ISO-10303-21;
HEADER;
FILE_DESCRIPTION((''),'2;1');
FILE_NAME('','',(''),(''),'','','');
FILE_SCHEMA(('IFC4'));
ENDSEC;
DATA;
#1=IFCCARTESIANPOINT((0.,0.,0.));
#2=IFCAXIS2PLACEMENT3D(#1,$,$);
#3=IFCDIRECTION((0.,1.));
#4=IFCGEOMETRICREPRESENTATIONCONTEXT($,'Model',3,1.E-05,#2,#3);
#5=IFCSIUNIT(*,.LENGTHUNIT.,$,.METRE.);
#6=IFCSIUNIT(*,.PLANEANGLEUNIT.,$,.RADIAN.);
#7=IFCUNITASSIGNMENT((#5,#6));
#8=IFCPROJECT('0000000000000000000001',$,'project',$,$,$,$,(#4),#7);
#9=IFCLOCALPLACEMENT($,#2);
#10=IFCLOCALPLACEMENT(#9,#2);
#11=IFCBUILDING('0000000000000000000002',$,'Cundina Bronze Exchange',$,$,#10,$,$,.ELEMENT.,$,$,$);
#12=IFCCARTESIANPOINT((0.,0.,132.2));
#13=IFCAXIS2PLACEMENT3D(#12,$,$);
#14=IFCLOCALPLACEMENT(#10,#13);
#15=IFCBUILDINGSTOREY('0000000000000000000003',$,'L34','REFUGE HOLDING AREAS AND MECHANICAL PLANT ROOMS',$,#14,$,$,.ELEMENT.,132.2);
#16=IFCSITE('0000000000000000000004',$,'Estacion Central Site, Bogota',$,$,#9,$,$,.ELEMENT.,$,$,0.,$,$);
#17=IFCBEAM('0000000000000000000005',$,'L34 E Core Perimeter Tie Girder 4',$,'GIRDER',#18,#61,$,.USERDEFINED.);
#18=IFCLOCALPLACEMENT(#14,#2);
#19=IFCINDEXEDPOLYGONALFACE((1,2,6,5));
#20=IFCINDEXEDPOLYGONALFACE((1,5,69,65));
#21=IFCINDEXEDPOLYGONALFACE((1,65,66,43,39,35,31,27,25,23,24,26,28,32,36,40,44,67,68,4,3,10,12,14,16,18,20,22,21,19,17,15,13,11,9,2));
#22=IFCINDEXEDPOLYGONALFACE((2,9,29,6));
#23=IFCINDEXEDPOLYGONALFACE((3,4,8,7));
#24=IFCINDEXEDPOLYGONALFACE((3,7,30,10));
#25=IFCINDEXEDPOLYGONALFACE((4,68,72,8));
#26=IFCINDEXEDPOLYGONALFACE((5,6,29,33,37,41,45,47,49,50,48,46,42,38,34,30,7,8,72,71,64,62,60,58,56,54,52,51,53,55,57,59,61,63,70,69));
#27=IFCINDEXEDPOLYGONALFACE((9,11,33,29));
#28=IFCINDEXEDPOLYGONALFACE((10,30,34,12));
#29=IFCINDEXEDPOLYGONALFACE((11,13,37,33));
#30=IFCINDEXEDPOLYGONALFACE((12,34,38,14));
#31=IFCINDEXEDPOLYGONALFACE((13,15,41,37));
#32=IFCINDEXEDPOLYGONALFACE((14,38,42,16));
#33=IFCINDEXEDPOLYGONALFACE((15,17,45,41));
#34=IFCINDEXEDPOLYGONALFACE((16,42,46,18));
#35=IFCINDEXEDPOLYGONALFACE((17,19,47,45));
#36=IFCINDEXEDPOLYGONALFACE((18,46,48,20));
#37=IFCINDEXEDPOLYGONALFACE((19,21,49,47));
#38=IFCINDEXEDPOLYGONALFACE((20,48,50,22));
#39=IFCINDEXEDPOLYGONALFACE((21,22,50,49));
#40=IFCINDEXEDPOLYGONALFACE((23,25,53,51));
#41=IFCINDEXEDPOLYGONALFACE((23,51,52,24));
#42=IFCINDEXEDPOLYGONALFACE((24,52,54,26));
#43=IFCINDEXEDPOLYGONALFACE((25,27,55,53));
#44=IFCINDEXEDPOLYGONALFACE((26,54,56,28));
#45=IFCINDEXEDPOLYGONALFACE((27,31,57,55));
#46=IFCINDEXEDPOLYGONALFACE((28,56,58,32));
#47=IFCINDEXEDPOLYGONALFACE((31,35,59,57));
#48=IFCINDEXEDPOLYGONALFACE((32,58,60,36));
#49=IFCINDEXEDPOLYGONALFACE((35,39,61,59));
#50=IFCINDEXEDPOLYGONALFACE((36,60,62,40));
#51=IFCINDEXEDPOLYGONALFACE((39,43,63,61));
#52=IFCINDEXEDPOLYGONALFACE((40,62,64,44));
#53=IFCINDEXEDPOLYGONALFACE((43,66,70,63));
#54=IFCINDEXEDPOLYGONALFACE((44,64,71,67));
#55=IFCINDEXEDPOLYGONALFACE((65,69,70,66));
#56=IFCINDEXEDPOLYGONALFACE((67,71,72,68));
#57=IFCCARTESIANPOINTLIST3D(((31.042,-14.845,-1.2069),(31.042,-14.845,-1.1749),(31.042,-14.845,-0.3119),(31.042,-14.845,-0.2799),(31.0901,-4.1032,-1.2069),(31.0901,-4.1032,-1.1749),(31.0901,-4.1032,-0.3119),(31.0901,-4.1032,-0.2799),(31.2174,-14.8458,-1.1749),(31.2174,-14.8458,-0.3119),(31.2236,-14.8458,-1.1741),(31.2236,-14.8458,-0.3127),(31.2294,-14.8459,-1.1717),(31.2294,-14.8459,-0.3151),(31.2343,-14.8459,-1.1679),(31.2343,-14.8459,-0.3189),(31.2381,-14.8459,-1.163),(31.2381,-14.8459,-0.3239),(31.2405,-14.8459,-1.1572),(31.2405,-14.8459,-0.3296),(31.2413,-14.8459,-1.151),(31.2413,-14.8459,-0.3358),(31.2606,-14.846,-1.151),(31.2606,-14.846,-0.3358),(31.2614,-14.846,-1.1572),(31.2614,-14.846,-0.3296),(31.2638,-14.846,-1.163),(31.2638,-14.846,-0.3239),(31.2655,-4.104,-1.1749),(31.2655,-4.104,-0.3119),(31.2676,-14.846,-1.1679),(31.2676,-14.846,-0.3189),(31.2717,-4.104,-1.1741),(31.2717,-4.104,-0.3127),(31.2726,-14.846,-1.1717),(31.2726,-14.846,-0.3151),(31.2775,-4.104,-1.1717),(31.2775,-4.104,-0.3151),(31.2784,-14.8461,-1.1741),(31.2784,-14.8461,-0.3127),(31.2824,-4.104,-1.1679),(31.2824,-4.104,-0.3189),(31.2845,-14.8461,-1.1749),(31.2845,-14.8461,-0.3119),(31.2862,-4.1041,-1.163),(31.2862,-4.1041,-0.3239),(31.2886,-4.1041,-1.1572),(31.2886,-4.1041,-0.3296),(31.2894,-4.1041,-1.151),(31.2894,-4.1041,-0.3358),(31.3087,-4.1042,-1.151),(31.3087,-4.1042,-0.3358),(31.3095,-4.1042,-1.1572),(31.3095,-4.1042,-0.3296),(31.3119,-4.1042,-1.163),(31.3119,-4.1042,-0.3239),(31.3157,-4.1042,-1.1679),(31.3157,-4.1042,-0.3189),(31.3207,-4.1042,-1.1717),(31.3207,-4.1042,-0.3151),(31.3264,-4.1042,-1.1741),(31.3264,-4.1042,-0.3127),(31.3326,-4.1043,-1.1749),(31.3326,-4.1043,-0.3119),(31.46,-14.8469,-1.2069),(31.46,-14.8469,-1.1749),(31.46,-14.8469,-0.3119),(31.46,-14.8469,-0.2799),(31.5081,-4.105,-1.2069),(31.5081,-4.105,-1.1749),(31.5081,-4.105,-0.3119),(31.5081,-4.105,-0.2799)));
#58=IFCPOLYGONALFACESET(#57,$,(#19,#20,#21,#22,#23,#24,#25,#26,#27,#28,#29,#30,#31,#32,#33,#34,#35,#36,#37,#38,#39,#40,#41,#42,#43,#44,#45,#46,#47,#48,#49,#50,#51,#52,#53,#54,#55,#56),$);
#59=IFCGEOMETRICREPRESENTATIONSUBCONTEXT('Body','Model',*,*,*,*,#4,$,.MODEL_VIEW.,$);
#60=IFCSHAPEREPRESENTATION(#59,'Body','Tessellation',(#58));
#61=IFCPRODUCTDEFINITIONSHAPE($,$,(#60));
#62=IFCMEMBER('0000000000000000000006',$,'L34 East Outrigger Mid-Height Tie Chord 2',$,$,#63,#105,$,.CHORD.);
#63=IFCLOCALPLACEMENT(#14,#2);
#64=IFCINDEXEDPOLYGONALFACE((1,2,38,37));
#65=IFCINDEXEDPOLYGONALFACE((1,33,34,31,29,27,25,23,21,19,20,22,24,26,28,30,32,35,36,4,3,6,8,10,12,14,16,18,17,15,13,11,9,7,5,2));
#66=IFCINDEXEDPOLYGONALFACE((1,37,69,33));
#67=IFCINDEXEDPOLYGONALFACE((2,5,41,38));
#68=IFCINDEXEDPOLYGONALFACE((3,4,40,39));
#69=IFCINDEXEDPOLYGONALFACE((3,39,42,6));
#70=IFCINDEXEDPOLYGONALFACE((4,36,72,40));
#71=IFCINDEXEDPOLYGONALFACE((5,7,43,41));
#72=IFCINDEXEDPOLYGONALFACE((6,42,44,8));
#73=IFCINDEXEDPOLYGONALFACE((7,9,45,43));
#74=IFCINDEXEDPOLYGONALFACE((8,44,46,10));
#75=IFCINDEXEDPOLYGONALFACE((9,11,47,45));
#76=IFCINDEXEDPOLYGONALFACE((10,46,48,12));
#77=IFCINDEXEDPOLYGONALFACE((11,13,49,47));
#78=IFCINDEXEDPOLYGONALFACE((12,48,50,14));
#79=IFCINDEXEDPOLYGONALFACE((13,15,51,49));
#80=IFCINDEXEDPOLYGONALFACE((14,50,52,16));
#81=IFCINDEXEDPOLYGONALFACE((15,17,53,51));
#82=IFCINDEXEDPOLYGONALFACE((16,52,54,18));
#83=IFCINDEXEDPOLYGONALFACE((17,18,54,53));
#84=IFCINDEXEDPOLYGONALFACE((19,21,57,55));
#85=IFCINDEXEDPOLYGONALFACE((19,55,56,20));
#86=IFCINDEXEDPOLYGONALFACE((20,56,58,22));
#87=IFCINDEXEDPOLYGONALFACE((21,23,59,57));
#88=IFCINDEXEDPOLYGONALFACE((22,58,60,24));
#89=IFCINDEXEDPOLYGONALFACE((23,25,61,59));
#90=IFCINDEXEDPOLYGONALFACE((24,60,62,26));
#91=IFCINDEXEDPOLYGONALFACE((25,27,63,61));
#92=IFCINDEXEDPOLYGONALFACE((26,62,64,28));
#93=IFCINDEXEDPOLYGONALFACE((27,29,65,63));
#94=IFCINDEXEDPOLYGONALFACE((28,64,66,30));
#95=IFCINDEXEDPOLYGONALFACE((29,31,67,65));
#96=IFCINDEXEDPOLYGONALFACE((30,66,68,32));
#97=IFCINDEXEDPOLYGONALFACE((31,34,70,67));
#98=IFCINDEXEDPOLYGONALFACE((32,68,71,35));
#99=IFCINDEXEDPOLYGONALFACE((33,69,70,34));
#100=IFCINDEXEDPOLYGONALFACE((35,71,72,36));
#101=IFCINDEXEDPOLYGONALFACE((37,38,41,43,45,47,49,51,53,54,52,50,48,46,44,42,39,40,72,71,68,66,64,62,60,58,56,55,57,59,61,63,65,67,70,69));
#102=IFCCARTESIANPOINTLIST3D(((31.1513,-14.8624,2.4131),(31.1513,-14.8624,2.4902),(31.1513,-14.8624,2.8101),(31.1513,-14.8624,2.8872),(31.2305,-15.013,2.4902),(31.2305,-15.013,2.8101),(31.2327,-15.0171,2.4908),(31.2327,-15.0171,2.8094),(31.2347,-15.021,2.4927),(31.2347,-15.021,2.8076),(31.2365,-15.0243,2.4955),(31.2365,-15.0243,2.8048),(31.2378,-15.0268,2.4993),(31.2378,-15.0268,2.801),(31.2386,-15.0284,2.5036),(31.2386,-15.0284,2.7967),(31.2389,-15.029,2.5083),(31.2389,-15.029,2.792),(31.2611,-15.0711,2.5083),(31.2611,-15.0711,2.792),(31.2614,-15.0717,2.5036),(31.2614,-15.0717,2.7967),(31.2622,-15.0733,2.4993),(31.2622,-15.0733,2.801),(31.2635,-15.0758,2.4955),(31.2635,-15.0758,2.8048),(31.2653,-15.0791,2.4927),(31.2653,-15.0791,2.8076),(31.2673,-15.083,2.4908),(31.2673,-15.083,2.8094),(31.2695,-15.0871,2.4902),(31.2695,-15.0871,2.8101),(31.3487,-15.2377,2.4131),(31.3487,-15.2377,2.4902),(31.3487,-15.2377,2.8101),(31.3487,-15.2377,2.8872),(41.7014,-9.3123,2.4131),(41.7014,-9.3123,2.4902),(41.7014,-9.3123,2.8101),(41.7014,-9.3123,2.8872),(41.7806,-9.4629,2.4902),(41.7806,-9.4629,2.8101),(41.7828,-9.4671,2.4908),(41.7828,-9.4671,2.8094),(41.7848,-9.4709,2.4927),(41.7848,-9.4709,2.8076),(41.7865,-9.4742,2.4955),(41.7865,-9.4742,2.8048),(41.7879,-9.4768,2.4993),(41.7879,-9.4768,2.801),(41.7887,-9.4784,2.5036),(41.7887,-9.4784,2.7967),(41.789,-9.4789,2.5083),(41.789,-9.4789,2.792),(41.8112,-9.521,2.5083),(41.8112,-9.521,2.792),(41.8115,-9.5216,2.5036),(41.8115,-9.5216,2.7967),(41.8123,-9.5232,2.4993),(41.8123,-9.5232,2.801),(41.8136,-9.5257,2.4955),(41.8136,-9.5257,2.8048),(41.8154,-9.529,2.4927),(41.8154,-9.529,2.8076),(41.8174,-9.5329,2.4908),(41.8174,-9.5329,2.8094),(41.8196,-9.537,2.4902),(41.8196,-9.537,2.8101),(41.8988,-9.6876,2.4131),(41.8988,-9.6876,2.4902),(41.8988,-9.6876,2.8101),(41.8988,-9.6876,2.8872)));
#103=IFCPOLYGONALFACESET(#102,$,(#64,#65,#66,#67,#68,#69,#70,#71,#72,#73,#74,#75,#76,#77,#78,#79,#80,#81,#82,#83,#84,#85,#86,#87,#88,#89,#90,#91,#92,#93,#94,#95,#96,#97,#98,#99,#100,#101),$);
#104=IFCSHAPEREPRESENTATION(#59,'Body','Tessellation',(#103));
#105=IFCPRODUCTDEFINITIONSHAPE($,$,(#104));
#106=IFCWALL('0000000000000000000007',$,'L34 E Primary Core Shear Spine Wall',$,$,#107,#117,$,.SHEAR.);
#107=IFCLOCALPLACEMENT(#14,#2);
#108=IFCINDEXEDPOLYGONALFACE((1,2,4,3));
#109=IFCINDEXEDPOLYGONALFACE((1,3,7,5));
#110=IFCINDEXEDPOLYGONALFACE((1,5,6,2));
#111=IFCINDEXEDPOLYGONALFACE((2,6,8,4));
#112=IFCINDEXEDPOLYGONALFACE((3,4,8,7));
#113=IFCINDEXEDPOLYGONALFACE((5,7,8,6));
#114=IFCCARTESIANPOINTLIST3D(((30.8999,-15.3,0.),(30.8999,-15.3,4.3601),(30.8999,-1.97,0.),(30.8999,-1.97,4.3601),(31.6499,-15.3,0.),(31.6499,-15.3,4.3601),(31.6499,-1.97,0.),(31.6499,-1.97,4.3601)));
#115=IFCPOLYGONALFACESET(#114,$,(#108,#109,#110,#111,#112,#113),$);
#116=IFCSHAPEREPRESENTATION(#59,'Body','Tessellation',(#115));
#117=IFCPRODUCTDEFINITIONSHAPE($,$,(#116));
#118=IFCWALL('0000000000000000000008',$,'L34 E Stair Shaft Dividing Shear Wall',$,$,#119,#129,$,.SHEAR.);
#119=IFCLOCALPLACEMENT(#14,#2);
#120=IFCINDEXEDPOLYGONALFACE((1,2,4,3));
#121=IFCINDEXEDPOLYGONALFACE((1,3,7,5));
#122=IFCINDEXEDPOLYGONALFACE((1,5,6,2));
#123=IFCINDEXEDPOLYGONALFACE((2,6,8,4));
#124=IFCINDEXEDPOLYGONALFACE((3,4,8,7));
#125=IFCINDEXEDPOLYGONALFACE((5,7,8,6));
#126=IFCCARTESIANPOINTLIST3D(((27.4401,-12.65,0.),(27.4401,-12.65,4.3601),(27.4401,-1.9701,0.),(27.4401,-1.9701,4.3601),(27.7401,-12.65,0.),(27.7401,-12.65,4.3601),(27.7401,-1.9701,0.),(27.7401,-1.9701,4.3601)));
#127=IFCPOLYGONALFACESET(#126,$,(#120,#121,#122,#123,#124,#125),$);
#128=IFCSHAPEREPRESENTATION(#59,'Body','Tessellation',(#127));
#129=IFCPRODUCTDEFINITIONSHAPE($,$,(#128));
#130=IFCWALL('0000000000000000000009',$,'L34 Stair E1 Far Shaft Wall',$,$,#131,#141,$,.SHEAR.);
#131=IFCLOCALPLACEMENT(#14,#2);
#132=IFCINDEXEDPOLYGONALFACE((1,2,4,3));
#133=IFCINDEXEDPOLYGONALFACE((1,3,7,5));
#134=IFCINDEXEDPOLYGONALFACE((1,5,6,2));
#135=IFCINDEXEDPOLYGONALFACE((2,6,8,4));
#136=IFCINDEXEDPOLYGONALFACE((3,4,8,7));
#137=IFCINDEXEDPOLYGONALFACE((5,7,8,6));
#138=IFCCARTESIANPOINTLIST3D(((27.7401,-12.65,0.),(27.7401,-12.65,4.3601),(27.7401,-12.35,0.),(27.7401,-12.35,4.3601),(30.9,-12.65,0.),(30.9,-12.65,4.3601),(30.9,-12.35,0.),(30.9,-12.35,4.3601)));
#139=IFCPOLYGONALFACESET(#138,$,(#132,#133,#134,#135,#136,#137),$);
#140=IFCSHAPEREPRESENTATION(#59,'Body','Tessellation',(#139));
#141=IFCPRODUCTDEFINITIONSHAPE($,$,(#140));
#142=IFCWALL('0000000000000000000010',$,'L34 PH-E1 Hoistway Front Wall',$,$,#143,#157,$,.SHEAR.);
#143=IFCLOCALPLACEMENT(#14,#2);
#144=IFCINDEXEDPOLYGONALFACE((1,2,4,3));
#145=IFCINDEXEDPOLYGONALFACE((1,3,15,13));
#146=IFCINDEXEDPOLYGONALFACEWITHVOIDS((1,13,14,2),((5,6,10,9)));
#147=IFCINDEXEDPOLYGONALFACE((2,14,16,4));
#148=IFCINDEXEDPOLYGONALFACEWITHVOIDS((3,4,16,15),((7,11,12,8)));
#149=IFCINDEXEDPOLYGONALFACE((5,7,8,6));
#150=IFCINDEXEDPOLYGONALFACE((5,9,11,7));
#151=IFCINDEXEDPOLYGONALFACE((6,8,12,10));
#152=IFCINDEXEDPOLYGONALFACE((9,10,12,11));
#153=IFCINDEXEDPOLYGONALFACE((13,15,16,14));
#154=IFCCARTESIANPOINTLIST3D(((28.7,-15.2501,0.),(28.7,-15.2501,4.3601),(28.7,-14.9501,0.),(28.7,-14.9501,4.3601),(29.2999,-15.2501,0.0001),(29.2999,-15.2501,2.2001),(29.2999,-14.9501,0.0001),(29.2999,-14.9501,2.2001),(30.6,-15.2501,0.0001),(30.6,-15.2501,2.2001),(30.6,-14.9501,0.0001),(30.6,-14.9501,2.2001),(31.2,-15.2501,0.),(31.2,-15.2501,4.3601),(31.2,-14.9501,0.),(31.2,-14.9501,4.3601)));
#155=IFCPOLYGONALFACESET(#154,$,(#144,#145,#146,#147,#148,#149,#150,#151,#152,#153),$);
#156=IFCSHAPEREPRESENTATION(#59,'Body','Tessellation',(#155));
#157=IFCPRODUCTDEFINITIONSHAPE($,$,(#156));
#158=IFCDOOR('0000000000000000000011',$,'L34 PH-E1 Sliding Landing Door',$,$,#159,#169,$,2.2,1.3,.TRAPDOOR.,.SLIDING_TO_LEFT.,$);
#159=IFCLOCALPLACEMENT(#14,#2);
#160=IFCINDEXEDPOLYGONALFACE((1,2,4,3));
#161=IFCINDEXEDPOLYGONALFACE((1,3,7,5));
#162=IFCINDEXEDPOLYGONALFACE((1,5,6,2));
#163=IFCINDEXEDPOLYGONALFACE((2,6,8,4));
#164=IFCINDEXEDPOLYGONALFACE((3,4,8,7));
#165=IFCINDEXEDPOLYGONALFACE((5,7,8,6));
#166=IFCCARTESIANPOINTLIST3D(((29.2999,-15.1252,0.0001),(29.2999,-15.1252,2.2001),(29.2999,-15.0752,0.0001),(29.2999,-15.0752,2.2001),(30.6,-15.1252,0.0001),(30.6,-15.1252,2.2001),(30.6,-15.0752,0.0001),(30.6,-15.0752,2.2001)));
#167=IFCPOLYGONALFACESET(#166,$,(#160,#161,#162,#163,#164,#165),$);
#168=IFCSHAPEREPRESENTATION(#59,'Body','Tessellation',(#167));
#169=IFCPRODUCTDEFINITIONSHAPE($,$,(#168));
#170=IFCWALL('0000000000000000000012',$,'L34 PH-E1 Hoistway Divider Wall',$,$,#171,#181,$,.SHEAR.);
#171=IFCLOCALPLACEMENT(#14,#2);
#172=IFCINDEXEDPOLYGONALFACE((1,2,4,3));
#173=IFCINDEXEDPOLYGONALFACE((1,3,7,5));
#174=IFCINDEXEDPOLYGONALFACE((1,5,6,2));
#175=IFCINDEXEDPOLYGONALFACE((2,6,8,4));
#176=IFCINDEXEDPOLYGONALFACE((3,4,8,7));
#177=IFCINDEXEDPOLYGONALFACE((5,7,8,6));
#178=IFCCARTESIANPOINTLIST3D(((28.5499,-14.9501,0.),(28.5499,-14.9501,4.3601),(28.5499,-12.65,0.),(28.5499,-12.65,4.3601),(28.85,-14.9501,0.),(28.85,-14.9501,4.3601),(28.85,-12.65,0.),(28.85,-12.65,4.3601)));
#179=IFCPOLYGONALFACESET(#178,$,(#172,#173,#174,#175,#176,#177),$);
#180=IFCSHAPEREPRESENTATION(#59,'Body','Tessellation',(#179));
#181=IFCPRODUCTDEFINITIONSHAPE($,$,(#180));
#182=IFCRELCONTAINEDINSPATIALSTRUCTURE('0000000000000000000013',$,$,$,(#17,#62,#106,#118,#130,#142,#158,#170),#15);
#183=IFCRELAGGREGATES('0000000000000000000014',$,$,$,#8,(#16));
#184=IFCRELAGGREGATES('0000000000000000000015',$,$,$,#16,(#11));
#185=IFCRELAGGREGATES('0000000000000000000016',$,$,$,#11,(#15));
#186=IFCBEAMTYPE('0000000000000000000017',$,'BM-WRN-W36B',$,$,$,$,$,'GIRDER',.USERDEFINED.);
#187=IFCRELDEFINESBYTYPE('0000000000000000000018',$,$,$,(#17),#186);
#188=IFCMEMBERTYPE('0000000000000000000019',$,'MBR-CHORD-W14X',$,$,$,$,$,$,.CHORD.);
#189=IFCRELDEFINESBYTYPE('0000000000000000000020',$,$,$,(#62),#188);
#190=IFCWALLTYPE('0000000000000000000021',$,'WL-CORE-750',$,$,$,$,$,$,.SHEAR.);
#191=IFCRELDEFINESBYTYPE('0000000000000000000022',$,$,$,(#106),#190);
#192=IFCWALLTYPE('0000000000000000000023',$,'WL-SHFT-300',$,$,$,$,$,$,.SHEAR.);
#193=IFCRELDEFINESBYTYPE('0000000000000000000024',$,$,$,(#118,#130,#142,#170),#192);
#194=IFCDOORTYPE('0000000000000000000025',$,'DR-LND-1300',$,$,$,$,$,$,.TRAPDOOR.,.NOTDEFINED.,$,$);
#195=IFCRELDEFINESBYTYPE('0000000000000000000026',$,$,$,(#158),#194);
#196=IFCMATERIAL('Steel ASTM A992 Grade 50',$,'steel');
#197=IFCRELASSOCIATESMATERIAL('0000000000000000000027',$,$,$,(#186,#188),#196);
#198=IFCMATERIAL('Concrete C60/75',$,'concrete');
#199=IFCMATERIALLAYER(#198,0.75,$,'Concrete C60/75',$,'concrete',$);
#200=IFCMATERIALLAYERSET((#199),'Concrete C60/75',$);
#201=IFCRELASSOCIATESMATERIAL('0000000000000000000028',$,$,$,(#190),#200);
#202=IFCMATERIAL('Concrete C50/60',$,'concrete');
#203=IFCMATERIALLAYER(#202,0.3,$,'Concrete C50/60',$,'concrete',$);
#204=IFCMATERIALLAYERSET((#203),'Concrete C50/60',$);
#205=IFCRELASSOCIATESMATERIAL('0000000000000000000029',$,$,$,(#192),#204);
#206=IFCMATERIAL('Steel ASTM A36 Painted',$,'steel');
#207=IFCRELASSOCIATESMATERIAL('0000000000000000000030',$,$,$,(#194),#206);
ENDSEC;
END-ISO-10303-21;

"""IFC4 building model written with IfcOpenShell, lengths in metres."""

from ifc_helpers import new_model, si_unit, direction, frame, frame_2d, origin, origin_2d, place, context, subcontext, project, spatial, rectangle, i_section, extrude, material, layer, layer_set, material_profile, profile_set, type_object, element, fill, save


model = new_model("IFC4")

# Units and contexts
model_context = context("Model", 3, precision=1e-05, world=origin(), true_north=direction((0.0, 1.0)))
body_context = subcontext(model_context, "Body", "Model", "MODEL_VIEW")
ifc_project = project(units=[si_unit("LENGTHUNIT", "METRE"), si_unit("PLANEANGLEUNIT", "RADIAN")], contexts=[model_context])

# Site, building, storey
site_placement = place(None, origin())
site = spatial("IfcSite", under=ifc_project, at=site_placement, Name="Estacion Central Site, Bogota", CompositionType="ELEMENT", RefElevation=0.0)
building_placement = place(site_placement, origin())
building = spatial("IfcBuilding", under=site, at=building_placement, Name="Cundina Bronze Exchange", CompositionType="ELEMENT")
storey_placement = place(building_placement, frame((0.0, 0.0, 132.2)))
storey = spatial("IfcBuildingStorey", under=building, at=storey_placement, Name="L34", Description="REFUGE HOLDING AREAS AND MECHANICAL PLANT ROOMS", CompositionType="ELEMENT", Elevation=132.2)

# Shared definitions
ifc_material_1 = material(Name="Steel ASTM A992 Grade 50", Category="steel")
ifc_material_2 = material(Name="Concrete C60/75", Category="concrete")

# Beam
ifc_material_profile_1 = material_profile(ifc_material_1, i_section(OverallWidth=0.418, OverallDepth=0.927, WebThickness=0.0193, FlangeThickness=0.032, FilletRadius=0.0239, at=origin_2d()), Name="W36X231", Category="steel")
ifc_profile_set_1 = profile_set([ifc_material_profile_1], Name="Steel ASTM A992 Grade 50")
beam_type_1 = type_object("IfcBeamType", Name="BM-WRN-W36B", ElementType="GIRDER", PredefinedType="USERDEFINED", material=ifc_profile_set_1)
beam_1_placement = place(storey_placement, frame((31.251, -14.8459, -0.7434), z_axis=(0.004477, 0.99999, 0.0), x_axis=(-0.99999, 0.004477, 0.0)))
element("IfcBeam", 1, at=beam_1_placement, inside=storey, type_object=beam_type_1, Name="L34 E Core Perimeter Tie Girder 4", ObjectType="GIRDER", PredefinedType="USERDEFINED", context=body_context, shape_type="SweptSolid", body=[
    extrude(i_section(OverallWidth=0.418, OverallDepth=0.927, WebThickness=0.0193, FlangeThickness=0.032, FilletRadius=0.0239, at=origin_2d()), origin(), (0.0, 0.0, 1.0), 10.7419),
])

# Member
ifc_material_profile_2 = material_profile(ifc_material_1, i_section(OverallWidth=0.4241, OverallDepth=0.4741, WebThickness=0.0476, FlangeThickness=0.0771, FilletRadius=0.0181, at=origin_2d()), Name="W14X426", Category="steel")
ifc_profile_set_2 = profile_set([ifc_material_profile_2], Name="Steel ASTM A992 Grade 50")
member_type = type_object("IfcMemberType", Name="MBR-CHORD-W14X", PredefinedType="CHORD", material=ifc_profile_set_2)
member_placement = place(storey_placement, frame((31.25, -15.05, 2.6501), z_axis=(0.885008, 0.465575, 0.0), x_axis=(-0.465575, 0.885008, 0.0)))
element("IfcMember", 2, at=member_placement, inside=storey, type_object=member_type, Name="L34 East Outrigger Mid-Height Tie Chord 2", PredefinedType="CHORD", context=body_context, shape_type="SweptSolid", body=[
    extrude(i_section(OverallWidth=0.4241, OverallDepth=0.4741, WebThickness=0.0476, FlangeThickness=0.0771, FilletRadius=0.0181, at=origin_2d()), origin(), (0.0, 0.0, 1.0), 11.9209),
])

# Walls
ifc_layer_1 = layer(ifc_material_2, 0.75, Name="Concrete C60/75", Category="concrete")
ifc_layer_set_1 = layer_set([ifc_layer_1], Name="Concrete C60/75")
wall_type_1 = type_object("IfcWallType", Name="WL-CORE-750", PredefinedType="SHEAR", material=ifc_layer_set_1)
wall_1_placement = place(storey_placement, frame((31.2749, -15.3, 0.0), z_axis=(0.0, 0.0, 1.0), x_axis=(0.0, 1.0, 0.0)))
element("IfcWall", 3, at=wall_1_placement, inside=storey, type_object=wall_type_1, Name="L34 E Primary Core Shear Spine Wall", PredefinedType="SHEAR", context=body_context, shape_type="SweptSolid", body=[
    extrude(rectangle(XDim=13.3301, YDim=0.75, at=frame_2d((6.665, 0.0))), origin(), (0.0, 0.0, 1.0), 4.3601),
])
ifc_material_3 = material(Name="Concrete C50/60", Category="concrete")
ifc_layer_2 = layer(ifc_material_3, 0.3, Name="Concrete C50/60", Category="concrete")
ifc_layer_set_2 = layer_set([ifc_layer_2], Name="Concrete C50/60")
wall_type_2 = type_object("IfcWallType", Name="WL-SHFT-300", PredefinedType="SHEAR", material=ifc_layer_set_2)
wall_2_placement = place(storey_placement, frame((27.5901, -12.6499, 0.0), z_axis=(0.0, 0.0, 1.0), x_axis=(0.0, 1.0, 0.0)))
element("IfcWall", 4, at=wall_2_placement, inside=storey, type_object=wall_type_2, Name="L34 E Stair Shaft Dividing Shear Wall", PredefinedType="SHEAR", context=body_context, shape_type="SweptSolid", body=[
    extrude(rectangle(XDim=10.6799, YDim=0.3, at=frame_2d((5.3398, 0.0))), origin(), (0.0, 0.0, 1.0), 4.3601),
])
wall_3_placement = place(storey_placement, frame((27.74, -12.5, 0.0), z_axis=(0.0, 0.0, 1.0), x_axis=(1.0, 0.0, 0.0)))
element("IfcWall", 5, at=wall_3_placement, inside=storey, type_object=wall_type_2, Name="L34 Stair E1 Far Shaft Wall", PredefinedType="SHEAR", context=body_context, shape_type="SweptSolid", body=[
    extrude(rectangle(XDim=3.1599, YDim=0.3, at=frame_2d((1.5801, 0.0))), origin(), (0.0, 0.0, 1.0), 4.3601),
])

# Wall, opening, door
ifc_material_4 = material(Name="Steel ASTM A36 Painted", Category="steel")
wall_4_placement = place(storey_placement, frame((28.7, -15.1001, 0.0), z_axis=(0.0, 0.0, 1.0), x_axis=(1.0, 0.0, 0.0)))
wall_4 = element("IfcWall", 6, at=wall_4_placement, inside=storey, type_object=wall_type_2, Name="L34 PH-E1 Hoistway Front Wall", PredefinedType="SHEAR", context=body_context, shape_type="SweptSolid", body=[
    extrude(rectangle(XDim=2.5, YDim=0.3, at=frame_2d((1.25, 0.0))), origin(), (0.0, 0.0, 1.0), 4.3601),
])
opening_1_placement = place(wall_4_placement, frame((0.6001, 0.0, 0.0)))
opening_1 = element("IfcOpeningElement", 7, at=opening_1_placement, cuts=wall_4, PredefinedType="OPENING", context=body_context, shape_type="SweptSolid", body=[
    extrude(rectangle(XDim=1.3, YDim=2.2, at=frame_2d((0.6499, 1.1001))), frame((0.0, 0.1599, 0.0), z_axis=(0.0, -1.0, 0.0), x_axis=(1.0, 0.0, 0.0)), (0.0, 0.0, 1.0), 0.3201),
])
door_type_1 = type_object("IfcDoorType", Name="DR-LND-1300", OperationType="NOTDEFINED", PredefinedType="TRAPDOOR", material=ifc_material_4)
door_1_placement = place(opening_1_placement, origin())
door_1 = element("IfcDoor", 8, at=door_1_placement, inside=storey, type_object=door_type_1, Name="L34 PH-E1 Sliding Landing Door", OperationType="SLIDING_TO_LEFT", OverallHeight=2.2, OverallWidth=1.3, PredefinedType="TRAPDOOR", context=body_context, shape_type="SweptSolid", body=[
    extrude(rectangle(XDim=1.3, YDim=2.2, at=frame_2d((0.6499, 1.1001))), frame((0.0, 0.0249, 0.0), z_axis=(0.0, -1.0, 0.0), x_axis=(1.0, 0.0, 0.0)), (0.0, 0.0, 1.0), 0.05),
])
fill(opening_1, door_1)

# Wall
wall_5_placement = place(storey_placement, frame((28.7, -14.95, 0.0), z_axis=(0.0, 0.0, 1.0), x_axis=(0.0, 1.0, 0.0)))
element("IfcWall", 9, at=wall_5_placement, inside=storey, type_object=wall_type_2, Name="L34 PH-E1 Hoistway Divider Wall", PredefinedType="SHEAR", context=body_context, shape_type="SweptSolid", body=[
    extrude(rectangle(XDim=2.3, YDim=0.3, at=frame_2d((1.1499, 0.0))), origin(), (0.0, 0.0, 1.0), 4.3601),
])

save(model, "model.ifc")
